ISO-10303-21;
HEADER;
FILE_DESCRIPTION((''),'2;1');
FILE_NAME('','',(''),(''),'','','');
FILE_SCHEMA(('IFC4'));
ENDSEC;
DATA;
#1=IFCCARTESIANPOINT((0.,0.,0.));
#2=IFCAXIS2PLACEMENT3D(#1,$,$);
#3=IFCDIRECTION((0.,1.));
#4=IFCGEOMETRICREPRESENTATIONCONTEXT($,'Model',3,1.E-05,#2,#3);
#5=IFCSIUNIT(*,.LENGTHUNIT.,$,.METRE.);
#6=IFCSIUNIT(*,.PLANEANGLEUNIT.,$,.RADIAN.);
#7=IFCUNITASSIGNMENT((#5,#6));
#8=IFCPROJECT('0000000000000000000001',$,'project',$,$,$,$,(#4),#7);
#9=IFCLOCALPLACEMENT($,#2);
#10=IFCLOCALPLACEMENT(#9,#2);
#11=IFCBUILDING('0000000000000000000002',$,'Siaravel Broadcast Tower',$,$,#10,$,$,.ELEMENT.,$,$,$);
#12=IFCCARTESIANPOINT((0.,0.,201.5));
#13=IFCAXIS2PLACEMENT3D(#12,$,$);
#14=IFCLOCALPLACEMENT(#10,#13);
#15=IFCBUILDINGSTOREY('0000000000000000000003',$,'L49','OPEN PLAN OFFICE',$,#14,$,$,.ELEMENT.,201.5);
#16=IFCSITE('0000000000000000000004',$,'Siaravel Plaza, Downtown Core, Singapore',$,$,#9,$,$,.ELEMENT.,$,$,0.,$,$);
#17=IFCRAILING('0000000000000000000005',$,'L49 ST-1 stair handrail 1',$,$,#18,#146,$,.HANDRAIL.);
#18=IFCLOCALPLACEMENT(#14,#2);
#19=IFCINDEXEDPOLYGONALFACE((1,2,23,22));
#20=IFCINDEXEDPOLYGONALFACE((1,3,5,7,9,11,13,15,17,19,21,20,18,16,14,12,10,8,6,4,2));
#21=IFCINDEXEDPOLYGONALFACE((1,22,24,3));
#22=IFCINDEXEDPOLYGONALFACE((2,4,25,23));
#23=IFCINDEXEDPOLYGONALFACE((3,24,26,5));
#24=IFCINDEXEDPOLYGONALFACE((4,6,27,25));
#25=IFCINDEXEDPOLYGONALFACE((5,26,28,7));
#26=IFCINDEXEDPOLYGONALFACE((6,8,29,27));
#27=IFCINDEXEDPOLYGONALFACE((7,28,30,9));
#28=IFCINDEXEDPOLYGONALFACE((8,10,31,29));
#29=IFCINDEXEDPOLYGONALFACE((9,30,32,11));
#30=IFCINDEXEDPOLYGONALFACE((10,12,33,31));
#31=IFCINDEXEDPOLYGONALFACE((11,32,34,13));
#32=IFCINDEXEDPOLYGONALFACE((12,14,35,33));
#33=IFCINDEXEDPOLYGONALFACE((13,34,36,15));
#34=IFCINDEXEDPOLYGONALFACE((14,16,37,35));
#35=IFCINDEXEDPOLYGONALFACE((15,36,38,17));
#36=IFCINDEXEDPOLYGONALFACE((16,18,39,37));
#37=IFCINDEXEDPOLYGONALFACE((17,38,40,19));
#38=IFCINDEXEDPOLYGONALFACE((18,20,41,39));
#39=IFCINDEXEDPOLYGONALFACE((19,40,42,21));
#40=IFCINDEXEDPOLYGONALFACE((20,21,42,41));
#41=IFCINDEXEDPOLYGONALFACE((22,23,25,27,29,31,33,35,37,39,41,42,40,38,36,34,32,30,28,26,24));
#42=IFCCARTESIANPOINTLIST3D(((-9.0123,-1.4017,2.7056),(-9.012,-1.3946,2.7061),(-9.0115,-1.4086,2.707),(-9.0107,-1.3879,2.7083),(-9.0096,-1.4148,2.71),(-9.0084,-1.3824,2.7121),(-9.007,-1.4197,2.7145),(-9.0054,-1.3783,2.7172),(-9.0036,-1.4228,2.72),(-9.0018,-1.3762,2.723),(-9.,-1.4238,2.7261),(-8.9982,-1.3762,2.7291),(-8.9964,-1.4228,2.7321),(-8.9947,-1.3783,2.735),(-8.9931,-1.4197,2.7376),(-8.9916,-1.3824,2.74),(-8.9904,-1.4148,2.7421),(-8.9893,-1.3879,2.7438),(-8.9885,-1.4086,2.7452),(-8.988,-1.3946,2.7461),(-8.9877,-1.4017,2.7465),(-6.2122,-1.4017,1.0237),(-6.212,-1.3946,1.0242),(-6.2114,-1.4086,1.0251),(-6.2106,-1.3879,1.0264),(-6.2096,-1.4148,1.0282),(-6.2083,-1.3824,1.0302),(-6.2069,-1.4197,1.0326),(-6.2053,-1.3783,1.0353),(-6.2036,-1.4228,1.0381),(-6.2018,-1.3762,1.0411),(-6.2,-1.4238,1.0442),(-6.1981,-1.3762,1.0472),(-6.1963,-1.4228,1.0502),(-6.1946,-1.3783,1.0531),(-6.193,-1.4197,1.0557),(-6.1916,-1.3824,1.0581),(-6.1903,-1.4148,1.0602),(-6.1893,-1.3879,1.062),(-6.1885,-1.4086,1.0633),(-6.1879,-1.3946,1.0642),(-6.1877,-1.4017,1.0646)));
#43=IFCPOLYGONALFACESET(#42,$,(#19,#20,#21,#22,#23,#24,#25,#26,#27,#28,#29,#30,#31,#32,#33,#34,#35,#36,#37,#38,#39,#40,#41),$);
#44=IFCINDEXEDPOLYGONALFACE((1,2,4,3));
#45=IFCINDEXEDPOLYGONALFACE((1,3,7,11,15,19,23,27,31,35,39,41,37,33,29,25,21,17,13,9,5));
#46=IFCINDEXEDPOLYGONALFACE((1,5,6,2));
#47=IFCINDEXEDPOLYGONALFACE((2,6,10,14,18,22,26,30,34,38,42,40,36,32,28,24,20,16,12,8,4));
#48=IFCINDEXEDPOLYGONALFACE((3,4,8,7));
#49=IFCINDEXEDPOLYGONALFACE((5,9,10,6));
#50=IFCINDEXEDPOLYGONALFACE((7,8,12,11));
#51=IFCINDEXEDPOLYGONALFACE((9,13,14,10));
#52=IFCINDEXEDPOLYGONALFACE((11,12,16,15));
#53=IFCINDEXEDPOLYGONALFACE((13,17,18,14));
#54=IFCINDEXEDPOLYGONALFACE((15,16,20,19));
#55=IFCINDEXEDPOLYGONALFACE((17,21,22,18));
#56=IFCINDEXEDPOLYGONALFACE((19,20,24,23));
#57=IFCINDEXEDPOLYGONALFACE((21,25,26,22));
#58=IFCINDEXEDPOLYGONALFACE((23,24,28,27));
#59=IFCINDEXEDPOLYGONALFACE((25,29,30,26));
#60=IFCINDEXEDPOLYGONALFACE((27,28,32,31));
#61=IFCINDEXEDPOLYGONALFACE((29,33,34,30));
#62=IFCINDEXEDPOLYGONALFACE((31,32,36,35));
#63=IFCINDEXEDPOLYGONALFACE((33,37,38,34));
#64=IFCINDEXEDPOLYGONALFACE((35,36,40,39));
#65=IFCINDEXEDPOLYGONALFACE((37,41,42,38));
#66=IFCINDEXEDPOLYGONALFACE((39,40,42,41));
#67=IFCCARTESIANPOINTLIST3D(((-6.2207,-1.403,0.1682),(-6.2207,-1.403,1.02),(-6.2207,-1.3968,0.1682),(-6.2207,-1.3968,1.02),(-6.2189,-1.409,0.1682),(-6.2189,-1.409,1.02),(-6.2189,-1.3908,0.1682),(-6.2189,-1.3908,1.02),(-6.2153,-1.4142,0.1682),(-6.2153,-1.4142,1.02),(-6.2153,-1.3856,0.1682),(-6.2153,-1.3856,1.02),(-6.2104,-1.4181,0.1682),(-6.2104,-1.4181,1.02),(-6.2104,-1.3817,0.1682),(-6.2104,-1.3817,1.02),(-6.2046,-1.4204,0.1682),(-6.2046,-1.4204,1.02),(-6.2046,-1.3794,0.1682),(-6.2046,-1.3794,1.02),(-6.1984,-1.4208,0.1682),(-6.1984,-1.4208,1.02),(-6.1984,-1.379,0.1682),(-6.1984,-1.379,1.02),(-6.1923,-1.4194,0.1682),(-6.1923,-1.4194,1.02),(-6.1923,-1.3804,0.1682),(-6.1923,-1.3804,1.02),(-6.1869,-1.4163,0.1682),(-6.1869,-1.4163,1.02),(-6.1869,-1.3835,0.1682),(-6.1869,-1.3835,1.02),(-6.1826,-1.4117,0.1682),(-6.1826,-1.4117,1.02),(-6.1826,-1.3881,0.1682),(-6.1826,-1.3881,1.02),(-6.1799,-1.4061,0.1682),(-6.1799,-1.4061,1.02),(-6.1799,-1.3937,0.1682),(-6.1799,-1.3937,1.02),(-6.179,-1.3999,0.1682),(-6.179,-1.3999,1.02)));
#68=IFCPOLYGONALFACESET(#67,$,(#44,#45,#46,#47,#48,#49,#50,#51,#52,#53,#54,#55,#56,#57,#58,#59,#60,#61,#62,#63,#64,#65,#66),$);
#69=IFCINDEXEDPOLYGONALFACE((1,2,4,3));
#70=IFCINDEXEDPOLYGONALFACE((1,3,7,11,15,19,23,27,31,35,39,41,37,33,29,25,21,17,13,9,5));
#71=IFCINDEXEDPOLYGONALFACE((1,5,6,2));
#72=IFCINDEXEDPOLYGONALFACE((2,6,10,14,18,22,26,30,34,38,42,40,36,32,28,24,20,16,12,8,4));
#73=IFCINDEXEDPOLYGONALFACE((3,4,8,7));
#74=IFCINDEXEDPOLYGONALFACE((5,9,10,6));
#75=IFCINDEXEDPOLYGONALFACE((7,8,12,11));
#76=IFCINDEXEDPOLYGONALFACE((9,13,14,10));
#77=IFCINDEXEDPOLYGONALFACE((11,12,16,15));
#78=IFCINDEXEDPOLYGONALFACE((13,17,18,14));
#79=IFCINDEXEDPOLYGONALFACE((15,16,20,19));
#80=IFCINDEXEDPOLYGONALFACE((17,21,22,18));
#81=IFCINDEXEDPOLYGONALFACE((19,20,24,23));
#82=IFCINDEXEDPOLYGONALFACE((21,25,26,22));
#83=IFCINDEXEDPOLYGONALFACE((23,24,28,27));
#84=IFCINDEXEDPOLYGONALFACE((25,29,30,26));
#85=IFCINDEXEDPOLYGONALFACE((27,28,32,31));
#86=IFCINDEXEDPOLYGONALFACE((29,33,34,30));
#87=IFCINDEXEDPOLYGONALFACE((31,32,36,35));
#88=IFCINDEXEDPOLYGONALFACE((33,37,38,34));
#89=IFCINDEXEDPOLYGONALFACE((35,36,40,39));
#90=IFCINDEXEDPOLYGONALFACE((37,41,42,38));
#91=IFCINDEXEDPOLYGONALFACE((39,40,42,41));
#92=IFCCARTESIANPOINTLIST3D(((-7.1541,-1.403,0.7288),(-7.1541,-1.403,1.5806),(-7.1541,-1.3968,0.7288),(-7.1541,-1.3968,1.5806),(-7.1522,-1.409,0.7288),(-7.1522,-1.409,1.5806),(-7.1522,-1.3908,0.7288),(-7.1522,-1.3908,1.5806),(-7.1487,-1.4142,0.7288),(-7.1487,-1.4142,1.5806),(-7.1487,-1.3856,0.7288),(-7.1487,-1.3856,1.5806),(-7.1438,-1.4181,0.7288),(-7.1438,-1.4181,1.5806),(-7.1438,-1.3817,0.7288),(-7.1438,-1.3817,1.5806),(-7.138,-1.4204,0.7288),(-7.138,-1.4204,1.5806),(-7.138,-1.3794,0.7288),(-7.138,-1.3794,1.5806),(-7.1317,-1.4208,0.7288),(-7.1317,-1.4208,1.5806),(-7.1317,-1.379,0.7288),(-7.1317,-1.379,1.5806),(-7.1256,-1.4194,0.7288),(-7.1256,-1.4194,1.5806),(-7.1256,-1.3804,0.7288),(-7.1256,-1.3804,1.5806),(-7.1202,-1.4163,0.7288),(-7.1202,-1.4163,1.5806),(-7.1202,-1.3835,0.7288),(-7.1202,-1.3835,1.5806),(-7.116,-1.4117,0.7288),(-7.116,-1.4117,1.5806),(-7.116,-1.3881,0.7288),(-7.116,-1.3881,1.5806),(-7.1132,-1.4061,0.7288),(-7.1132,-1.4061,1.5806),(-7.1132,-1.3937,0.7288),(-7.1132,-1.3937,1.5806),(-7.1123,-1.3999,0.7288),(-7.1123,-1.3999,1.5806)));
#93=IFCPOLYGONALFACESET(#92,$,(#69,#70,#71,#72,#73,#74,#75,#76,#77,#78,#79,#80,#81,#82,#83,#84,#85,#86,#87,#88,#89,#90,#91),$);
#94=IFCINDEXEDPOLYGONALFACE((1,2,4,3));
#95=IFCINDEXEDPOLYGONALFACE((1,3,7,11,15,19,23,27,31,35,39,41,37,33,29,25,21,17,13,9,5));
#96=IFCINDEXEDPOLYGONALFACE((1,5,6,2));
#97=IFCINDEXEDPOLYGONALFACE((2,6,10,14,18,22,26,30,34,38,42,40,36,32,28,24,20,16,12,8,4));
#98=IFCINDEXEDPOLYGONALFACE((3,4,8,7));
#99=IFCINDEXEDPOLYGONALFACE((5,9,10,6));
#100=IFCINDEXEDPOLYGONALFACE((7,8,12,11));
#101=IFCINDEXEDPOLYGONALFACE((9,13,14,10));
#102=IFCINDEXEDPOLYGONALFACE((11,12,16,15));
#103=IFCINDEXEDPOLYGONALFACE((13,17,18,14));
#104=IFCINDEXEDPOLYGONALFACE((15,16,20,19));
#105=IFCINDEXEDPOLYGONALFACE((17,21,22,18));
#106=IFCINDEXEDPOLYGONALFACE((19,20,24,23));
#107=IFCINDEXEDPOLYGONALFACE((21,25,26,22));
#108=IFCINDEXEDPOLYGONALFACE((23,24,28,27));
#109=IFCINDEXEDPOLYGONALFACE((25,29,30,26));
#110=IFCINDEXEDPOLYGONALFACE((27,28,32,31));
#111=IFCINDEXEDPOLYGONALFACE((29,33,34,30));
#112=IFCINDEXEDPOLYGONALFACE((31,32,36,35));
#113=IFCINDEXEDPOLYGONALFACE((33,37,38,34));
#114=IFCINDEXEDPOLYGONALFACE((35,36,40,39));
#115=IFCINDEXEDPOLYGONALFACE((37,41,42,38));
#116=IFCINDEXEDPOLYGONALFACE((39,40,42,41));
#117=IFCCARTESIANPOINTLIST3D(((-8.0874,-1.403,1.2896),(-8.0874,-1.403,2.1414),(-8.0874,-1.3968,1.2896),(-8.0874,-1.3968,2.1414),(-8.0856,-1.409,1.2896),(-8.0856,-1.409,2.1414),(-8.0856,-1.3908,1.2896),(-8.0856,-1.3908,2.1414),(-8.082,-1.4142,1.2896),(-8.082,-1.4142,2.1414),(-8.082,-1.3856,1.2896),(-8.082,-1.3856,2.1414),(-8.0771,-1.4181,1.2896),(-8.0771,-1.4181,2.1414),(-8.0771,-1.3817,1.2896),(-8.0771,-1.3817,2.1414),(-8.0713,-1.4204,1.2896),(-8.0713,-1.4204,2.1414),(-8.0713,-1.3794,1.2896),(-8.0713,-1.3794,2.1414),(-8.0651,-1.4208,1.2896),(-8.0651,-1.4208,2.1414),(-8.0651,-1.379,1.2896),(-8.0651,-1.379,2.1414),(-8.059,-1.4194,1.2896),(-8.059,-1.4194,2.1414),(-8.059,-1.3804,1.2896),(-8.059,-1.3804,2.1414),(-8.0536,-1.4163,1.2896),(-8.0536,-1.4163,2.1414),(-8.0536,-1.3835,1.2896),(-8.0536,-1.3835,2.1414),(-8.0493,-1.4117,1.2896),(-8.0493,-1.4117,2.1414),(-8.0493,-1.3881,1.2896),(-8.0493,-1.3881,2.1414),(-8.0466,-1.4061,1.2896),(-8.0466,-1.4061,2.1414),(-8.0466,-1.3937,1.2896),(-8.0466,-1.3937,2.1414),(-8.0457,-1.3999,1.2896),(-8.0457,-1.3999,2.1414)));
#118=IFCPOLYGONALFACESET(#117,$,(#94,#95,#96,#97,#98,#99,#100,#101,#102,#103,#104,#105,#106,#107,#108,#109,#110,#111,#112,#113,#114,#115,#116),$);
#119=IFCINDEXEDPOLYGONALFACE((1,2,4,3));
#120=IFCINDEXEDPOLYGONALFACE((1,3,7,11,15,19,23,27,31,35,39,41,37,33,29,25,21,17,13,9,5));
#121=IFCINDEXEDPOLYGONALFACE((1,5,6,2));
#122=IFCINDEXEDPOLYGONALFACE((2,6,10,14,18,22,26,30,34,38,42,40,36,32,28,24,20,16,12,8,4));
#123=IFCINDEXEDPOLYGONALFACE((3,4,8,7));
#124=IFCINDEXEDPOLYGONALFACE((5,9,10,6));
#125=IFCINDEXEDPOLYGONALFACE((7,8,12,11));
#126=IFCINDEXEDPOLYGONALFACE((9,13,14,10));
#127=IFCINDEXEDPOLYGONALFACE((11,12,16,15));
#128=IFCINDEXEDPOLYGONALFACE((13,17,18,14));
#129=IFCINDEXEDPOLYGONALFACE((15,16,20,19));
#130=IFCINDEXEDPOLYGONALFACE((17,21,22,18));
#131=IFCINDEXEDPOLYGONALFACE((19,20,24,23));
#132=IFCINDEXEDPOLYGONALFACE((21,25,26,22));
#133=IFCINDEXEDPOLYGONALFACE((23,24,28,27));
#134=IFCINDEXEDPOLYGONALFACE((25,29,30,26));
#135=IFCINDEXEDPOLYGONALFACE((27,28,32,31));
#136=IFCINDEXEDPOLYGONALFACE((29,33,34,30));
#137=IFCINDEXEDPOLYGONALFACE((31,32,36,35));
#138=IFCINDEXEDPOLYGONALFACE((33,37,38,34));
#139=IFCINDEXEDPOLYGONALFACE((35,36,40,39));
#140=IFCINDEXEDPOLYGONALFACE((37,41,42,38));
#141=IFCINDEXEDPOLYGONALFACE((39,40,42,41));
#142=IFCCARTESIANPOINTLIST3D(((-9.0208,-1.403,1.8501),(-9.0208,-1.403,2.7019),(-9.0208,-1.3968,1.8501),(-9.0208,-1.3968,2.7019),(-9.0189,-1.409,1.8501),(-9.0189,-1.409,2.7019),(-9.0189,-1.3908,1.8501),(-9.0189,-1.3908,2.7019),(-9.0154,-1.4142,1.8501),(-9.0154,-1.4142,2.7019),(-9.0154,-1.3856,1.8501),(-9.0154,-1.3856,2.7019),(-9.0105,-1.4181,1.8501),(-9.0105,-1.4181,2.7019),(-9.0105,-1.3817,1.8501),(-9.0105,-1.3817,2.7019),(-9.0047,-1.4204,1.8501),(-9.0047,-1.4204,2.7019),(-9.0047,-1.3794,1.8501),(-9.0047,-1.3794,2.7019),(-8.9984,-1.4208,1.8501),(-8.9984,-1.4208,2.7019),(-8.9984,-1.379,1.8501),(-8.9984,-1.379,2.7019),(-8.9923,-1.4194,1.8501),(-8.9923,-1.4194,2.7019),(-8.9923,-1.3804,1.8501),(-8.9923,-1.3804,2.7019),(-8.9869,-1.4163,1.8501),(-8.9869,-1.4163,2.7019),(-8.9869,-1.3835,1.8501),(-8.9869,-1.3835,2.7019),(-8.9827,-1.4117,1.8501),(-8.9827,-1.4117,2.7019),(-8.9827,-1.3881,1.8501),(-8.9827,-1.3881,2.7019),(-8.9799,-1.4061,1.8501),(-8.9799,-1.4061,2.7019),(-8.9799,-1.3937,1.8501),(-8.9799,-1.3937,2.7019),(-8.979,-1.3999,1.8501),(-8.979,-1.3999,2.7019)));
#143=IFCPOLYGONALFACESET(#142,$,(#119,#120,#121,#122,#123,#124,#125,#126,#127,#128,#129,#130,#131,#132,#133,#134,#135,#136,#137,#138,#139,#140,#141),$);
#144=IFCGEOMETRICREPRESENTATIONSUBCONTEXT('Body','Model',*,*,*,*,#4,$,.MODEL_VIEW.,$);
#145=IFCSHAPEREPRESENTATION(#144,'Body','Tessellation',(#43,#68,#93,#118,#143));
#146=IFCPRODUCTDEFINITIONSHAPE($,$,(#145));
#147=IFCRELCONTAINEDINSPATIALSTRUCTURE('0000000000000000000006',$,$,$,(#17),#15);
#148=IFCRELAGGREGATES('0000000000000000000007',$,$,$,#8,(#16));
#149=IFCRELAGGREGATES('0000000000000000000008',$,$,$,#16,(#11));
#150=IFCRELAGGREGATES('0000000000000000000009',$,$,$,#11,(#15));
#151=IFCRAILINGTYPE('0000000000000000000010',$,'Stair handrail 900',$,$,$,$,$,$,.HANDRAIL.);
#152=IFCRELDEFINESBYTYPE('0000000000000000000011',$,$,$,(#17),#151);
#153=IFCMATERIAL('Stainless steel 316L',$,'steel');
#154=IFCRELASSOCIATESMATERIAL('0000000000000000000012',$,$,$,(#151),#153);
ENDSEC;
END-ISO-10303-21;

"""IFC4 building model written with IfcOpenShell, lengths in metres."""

from ifc_helpers import new_model, si_unit, direction, frame, origin, origin_2d, place, context, subcontext, project, spatial, circle, extrude, material, type_object, element, save


model = new_model("IFC4")

# Units and contexts
model_context = context("Model", 3, precision=1e-05, world=origin(), true_north=direction((0.0, 1.0)))
body_context = subcontext(model_context, "Body", "Model", "MODEL_VIEW")
ifc_project = project(units=[si_unit("LENGTHUNIT", "METRE"), si_unit("PLANEANGLEUNIT", "RADIAN")], contexts=[model_context])

# Site, building, storey
site_placement = place(None, origin())
site = spatial("IfcSite", under=ifc_project, at=site_placement, Name="Siaravel Plaza, Downtown Core, Singapore", CompositionType="ELEMENT", RefElevation=0.0)
building_placement = place(site_placement, origin())
building = spatial("IfcBuilding", under=site, at=building_placement, Name="Siaravel Broadcast Tower", CompositionType="ELEMENT")
storey_placement = place(building_placement, frame((0.0, 0.0, 201.5)))
storey = spatial("IfcBuildingStorey", under=building, at=storey_placement, Name="L49", Description="OPEN PLAN OFFICE", CompositionType="ELEMENT", Elevation=201.5)

# Shared definitions
ifc_material_1 = material(Name="Stainless steel 316L", Category="steel")

# Railing
railing_type_1 = type_object("IfcRailingType", Name="Stair handrail 900", PredefinedType="HANDRAIL", material=ifc_material_1)
railing_1_placement = place(storey_placement, frame((-6.2, -1.3999, 0.1682)))
element("IfcRailing", 1, at=railing_1_placement, inside=storey, type_object=railing_type_1, Name="L49 ST-1 stair handrail 1", PredefinedType="HANDRAIL", context=body_context, shape_type="SweptSolid", body=[
    extrude(circle(Radius=0.0239, at=origin_2d()), frame((0.0, 0.0, 0.876), z_axis=(-0.857242, 0.0, 0.514913), x_axis=(0.0, -1.0, 0.0)), (0.0, 0.0, 1.0), 3.2664),
    extrude(circle(Radius=0.021, at=origin_2d()), origin(), (0.0, 0.0, 1.0), 0.8518),
    extrude(circle(Radius=0.021, at=origin_2d()), frame((-0.9333, 0.0, 0.5605)), (0.0, 0.0, 1.0), 0.8518),
    extrude(circle(Radius=0.021, at=origin_2d()), frame((-1.8667, 0.0, 1.1213)), (0.0, 0.0, 1.0), 0.8518),
    extrude(circle(Radius=0.021, at=origin_2d()), frame((-2.8, 0.0, 1.6819)), (0.0, 0.0, 1.0), 0.8518),
])

save(model, "model.ifc")
